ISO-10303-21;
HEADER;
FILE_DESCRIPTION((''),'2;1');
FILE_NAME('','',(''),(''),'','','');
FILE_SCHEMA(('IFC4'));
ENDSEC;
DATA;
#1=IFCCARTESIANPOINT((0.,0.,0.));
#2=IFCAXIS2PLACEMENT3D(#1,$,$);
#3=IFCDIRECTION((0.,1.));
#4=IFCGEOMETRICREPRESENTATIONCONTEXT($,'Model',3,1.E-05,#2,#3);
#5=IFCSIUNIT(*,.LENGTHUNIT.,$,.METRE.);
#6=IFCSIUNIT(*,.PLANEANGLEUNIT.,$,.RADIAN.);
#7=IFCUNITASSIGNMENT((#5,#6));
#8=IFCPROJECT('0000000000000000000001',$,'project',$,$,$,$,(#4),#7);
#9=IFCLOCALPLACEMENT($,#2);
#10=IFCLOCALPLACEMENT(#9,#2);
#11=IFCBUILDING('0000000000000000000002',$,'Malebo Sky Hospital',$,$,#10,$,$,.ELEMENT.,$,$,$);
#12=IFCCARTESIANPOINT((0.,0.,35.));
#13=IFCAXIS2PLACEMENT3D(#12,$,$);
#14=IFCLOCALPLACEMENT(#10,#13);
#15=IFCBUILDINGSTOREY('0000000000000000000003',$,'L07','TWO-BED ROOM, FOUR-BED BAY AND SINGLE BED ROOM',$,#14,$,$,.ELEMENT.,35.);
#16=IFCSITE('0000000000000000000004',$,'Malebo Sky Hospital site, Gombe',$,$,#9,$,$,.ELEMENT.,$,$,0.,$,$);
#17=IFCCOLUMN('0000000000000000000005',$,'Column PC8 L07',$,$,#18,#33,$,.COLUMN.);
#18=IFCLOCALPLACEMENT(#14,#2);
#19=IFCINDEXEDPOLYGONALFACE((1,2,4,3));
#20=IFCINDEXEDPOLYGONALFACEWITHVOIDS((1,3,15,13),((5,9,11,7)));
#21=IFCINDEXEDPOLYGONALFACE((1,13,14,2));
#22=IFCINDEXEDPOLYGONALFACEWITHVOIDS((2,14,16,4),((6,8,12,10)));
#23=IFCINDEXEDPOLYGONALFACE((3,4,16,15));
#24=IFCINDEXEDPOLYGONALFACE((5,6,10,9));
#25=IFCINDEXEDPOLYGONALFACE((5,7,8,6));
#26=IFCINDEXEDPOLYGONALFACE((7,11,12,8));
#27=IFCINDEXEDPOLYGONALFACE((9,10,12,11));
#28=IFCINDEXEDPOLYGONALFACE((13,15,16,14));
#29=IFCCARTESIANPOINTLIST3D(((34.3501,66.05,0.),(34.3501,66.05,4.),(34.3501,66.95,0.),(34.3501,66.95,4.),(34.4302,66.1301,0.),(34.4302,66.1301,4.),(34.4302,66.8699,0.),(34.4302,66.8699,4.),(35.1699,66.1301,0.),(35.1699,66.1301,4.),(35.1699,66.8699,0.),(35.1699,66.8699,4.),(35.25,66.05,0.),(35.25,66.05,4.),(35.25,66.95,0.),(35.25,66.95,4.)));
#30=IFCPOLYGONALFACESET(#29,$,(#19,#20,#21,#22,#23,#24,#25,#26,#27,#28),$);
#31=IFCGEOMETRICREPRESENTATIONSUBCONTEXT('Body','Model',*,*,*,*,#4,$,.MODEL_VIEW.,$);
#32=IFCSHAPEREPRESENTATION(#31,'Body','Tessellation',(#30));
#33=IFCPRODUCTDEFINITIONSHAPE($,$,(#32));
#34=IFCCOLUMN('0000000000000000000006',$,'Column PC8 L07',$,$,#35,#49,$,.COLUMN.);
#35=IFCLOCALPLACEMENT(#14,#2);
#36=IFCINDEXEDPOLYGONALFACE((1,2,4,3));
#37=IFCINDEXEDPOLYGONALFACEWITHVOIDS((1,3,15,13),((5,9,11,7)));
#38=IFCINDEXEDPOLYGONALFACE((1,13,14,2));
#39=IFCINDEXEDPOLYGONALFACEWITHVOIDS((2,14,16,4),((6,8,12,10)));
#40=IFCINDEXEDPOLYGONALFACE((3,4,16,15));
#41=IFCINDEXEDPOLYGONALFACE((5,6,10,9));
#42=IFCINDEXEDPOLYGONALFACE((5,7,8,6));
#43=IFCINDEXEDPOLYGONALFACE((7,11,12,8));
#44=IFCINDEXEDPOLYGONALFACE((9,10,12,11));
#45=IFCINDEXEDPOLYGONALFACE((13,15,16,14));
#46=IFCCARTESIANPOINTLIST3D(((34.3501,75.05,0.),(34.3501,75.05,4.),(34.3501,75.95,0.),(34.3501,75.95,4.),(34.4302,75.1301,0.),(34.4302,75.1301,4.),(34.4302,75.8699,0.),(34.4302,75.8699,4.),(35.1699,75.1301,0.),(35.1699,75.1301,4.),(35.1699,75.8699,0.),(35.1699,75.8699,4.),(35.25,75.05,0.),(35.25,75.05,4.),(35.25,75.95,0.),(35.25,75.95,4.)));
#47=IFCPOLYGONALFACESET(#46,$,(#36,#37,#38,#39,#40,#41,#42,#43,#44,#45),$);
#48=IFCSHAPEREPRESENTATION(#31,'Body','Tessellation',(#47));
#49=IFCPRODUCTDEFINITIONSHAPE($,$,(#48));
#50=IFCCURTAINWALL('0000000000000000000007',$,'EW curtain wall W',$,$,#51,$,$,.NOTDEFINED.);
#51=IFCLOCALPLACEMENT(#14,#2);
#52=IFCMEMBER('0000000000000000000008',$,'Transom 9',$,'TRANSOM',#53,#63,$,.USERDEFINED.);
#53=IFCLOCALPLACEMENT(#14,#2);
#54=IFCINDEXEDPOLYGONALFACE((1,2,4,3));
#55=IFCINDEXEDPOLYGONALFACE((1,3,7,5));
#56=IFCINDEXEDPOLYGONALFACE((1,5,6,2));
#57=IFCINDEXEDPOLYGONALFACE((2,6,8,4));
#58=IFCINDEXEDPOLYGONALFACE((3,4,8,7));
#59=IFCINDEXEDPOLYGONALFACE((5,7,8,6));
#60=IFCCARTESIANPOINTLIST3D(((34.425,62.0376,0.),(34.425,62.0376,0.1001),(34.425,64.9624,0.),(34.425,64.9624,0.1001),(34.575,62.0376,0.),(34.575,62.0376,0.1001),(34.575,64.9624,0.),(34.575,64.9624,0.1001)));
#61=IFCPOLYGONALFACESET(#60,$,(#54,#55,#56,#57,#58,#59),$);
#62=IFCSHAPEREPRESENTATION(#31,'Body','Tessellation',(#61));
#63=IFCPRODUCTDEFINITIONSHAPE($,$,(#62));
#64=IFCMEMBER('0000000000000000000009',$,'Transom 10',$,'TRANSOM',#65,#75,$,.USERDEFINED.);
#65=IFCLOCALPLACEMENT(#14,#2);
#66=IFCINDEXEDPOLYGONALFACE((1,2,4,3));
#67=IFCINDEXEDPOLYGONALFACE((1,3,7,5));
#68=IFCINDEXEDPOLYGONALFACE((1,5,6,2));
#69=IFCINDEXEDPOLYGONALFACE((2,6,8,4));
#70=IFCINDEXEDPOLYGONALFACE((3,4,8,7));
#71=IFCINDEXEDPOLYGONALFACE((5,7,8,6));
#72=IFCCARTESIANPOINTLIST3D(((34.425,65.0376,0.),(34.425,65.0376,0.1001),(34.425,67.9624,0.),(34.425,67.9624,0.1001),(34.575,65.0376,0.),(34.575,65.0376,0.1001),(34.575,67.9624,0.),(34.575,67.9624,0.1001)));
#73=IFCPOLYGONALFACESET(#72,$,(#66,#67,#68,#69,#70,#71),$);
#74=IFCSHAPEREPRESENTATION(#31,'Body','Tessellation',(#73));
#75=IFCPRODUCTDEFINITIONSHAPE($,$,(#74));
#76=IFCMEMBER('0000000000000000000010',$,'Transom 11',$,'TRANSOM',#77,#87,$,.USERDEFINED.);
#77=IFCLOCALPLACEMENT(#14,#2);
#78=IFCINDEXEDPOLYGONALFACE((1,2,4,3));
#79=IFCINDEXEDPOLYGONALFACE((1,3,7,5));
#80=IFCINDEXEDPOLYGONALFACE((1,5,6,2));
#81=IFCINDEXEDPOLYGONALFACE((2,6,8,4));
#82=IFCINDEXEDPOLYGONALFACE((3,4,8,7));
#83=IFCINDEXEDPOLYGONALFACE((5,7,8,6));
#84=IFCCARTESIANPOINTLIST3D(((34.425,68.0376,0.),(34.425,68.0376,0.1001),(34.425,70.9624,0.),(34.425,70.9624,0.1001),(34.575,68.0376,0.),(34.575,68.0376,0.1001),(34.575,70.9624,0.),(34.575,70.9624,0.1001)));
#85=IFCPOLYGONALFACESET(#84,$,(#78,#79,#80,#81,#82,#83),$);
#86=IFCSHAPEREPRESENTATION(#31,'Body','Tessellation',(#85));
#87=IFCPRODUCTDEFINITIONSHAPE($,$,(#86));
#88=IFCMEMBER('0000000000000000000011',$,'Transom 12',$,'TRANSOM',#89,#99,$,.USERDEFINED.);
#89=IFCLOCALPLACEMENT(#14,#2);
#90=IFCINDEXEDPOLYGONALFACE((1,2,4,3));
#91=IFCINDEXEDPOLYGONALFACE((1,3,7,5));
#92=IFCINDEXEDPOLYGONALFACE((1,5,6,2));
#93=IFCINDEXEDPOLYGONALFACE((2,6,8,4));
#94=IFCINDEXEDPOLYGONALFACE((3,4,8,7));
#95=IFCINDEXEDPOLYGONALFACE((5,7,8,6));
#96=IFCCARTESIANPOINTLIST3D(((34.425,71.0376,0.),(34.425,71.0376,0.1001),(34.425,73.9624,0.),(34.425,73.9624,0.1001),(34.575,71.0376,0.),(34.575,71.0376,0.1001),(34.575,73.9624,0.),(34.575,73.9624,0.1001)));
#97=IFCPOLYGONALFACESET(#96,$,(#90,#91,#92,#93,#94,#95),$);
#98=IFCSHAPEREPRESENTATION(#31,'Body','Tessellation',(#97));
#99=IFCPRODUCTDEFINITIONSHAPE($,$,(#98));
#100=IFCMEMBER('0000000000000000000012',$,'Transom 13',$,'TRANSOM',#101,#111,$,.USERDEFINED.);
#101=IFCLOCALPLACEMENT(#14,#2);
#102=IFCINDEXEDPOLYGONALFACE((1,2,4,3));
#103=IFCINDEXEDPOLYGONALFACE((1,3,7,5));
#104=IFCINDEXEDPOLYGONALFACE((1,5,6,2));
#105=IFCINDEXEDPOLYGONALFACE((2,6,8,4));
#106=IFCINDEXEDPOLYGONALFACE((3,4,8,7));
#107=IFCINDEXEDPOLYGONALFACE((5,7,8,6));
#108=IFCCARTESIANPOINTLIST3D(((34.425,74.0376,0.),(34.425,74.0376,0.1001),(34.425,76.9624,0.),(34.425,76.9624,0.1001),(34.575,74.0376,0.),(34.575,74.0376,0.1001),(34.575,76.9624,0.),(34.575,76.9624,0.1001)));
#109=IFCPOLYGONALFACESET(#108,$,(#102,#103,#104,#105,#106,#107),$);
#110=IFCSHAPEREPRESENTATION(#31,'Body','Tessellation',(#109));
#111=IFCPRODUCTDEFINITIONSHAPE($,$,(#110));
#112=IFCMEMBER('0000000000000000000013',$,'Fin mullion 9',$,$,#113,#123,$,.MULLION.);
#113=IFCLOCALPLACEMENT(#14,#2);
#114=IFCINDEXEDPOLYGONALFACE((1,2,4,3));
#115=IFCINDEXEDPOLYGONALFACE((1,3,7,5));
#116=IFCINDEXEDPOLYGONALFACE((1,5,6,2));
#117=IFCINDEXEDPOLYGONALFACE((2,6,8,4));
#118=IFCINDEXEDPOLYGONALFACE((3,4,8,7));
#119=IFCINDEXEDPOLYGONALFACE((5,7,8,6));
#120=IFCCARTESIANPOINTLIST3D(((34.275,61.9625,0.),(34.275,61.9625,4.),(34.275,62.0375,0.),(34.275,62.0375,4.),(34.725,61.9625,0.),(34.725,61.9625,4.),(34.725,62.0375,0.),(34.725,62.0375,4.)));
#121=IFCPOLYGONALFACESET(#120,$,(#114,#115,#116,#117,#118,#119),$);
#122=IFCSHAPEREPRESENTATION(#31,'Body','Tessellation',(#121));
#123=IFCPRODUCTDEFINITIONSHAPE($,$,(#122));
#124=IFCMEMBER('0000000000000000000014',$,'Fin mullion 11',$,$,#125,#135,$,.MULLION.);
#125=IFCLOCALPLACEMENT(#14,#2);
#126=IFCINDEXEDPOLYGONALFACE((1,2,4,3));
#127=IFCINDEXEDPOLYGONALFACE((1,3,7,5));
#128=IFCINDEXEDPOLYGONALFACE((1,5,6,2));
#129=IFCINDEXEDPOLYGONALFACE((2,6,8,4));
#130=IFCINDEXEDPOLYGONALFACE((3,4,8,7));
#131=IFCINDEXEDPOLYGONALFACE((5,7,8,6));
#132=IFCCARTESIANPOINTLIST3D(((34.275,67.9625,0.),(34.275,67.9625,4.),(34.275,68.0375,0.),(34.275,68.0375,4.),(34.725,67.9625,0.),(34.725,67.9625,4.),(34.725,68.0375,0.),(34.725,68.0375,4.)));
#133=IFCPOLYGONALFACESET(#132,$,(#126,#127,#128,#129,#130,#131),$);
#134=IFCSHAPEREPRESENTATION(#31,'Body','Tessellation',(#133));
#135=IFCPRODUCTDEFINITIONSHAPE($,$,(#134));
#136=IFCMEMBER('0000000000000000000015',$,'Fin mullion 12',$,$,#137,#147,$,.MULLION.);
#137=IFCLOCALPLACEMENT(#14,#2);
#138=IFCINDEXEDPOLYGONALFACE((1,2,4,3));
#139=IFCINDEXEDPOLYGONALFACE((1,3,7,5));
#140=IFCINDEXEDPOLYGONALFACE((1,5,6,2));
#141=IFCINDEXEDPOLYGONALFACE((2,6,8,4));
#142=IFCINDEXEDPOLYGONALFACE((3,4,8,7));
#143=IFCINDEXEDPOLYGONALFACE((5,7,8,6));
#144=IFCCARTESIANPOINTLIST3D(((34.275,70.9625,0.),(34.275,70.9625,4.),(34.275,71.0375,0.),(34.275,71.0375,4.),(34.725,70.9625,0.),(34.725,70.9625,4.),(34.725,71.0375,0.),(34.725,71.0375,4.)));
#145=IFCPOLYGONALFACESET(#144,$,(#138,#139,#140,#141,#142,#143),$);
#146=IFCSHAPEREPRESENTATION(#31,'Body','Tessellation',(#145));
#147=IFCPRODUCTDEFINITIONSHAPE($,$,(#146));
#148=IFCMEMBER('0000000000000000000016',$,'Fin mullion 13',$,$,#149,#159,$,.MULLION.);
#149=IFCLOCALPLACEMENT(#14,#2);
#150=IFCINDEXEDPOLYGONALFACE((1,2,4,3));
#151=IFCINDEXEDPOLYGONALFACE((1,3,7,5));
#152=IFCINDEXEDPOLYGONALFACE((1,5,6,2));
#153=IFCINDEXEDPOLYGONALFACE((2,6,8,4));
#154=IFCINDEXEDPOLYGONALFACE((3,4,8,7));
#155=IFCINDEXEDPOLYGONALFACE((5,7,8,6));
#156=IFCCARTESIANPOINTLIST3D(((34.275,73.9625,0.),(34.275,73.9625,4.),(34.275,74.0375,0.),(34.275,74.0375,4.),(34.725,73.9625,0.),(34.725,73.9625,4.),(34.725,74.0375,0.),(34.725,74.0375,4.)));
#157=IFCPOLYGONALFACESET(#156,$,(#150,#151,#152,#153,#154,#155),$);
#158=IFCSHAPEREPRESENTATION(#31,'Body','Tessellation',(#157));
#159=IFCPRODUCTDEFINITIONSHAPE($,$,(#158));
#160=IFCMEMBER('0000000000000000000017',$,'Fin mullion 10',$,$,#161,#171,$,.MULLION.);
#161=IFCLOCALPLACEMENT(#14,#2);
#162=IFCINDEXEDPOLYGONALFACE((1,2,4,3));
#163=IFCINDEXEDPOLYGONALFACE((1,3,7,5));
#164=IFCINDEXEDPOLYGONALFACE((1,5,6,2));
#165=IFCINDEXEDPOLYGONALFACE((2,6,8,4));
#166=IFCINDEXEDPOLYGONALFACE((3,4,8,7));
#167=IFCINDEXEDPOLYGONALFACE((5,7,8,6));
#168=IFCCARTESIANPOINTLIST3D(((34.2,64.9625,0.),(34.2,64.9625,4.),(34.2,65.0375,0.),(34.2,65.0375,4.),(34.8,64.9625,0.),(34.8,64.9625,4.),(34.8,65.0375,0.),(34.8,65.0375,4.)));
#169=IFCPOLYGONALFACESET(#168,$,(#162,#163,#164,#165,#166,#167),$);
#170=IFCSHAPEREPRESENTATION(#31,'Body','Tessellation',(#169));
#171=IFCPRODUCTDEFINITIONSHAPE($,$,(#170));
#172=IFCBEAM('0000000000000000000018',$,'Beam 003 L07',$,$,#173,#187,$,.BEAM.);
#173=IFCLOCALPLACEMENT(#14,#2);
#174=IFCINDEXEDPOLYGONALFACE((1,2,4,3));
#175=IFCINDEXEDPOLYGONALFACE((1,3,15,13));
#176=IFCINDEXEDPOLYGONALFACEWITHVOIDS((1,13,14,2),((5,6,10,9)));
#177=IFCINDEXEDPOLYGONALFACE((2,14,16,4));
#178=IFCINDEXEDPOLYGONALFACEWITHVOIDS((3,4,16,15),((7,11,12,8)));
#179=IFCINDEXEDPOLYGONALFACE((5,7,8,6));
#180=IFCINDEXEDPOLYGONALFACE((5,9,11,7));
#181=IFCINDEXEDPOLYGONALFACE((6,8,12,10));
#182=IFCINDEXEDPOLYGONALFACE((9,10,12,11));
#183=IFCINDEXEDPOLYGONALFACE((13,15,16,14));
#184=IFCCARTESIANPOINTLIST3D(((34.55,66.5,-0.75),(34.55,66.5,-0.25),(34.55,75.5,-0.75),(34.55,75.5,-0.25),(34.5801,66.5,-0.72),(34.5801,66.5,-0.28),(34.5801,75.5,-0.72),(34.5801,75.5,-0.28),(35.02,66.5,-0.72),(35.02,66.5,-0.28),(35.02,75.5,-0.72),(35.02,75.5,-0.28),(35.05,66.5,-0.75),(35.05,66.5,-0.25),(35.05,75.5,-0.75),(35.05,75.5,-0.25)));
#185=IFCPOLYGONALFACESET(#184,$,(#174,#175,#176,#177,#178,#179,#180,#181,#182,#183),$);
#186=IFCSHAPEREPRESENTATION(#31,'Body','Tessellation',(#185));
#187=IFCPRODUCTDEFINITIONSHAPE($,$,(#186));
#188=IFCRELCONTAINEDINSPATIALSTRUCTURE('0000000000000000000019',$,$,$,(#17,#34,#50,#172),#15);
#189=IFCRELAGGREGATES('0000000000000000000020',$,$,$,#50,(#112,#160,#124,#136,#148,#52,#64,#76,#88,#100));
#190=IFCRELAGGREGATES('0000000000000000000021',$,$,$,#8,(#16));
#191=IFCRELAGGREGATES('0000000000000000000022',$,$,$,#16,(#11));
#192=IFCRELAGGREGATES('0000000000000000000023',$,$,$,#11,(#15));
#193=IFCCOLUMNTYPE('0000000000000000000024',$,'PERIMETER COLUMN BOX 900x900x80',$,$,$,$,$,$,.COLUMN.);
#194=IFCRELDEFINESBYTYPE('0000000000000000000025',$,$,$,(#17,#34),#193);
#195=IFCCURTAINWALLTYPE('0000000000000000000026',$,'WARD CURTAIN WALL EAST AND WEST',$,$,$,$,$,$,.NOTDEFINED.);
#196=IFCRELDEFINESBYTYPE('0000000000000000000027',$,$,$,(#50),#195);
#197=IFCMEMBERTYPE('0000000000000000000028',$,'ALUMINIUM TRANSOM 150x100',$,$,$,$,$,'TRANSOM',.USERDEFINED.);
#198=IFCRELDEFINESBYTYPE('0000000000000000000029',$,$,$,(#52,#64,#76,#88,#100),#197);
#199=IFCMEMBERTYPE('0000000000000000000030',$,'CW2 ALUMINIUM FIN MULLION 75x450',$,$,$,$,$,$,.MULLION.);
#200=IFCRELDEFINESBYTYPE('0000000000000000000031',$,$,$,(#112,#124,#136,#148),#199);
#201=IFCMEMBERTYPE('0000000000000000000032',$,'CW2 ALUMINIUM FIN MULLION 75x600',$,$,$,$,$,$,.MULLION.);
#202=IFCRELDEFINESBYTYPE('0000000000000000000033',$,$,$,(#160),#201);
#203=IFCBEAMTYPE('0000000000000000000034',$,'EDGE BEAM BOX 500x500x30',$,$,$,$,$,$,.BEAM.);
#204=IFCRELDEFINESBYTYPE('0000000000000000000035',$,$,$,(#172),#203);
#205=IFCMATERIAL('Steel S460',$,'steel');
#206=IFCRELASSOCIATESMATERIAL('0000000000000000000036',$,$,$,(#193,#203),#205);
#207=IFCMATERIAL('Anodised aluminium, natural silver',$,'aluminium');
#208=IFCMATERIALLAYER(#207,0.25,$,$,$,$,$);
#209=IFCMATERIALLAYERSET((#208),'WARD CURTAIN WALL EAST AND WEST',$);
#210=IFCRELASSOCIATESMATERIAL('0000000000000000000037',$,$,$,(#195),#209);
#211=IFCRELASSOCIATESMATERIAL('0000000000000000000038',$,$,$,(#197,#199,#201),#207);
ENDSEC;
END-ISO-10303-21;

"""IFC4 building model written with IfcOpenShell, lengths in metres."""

from ifc_helpers import new_model, si_unit, direction, frame, origin, origin_2d, place, context, subcontext, project, spatial, rectangle, hollow_rectangle, extrude, material, layer, layer_set, material_profile, profile_set, type_object, element, aggregate, save


model = new_model("IFC4")

# Units and contexts
model_context = context("Model", 3, precision=1e-05, world=origin(), true_north=direction((0.0, 1.0)))
body_context = subcontext(model_context, "Body", "Model", "MODEL_VIEW")
ifc_project = project(units=[si_unit("LENGTHUNIT", "METRE"), si_unit("PLANEANGLEUNIT", "RADIAN")], contexts=[model_context])

# Site, building, storey
site_placement = place(None, origin())
site = spatial("IfcSite", under=ifc_project, at=site_placement, Name="Malebo Sky Hospital site, Gombe", CompositionType="ELEMENT", RefElevation=0.0)
building_placement = place(site_placement, origin())
building = spatial("IfcBuilding", under=site, at=building_placement, Name="Malebo Sky Hospital", CompositionType="ELEMENT")
storey_placement = place(building_placement, frame((0.0, 0.0, 35.0)))
storey = spatial("IfcBuildingStorey", under=building, at=storey_placement, Name="L07", Description="TWO-BED ROOM, FOUR-BED BAY AND SINGLE BED ROOM", CompositionType="ELEMENT", Elevation=35.0)

# Columns
ifc_material_1 = material(Name="Steel S460", Category="steel")
ifc_material_profile_1 = material_profile(ifc_material_1, hollow_rectangle(XDim=0.8999, YDim=0.8999, WallThickness=0.0801, at=origin_2d()), Name="BOX 900x900x80")
ifc_profile_set_1 = profile_set([ifc_material_profile_1], Name="Steel S460")
column_type = type_object("IfcColumnType", Name="PERIMETER COLUMN BOX 900x900x80", PredefinedType="COLUMN", material=ifc_profile_set_1)
for number, where, z_axis, x_axis, name in (
    (1, (34.8, 66.5, 0.0), (0.0, 0.0, 1.0), (1.0, 0.0, 0.0), "Column PC8 L07"),
    (2, (34.8, 75.5, 0.0), (0.0, 0.0, 1.0), (1.0, 0.0, 0.0), "Column PC8 L07"),
):
    element("IfcColumn", number, at=place(storey_placement, frame(where, z_axis=z_axis, x_axis=x_axis)), inside=storey, type_object=column_type, Name=name, PredefinedType="COLUMN", context=body_context, shape_type="SweptSolid", body=[
        extrude(hollow_rectangle(XDim=0.8999, YDim=0.8999, WallThickness=0.0801, at=origin_2d()), origin(), (0.0, 0.0, 1.0), 4.0),
    ])

# Curtain wall, members
ifc_material_2 = material(Name="Anodised aluminium, natural silver", Category="aluminium")
ifc_layer_1 = layer(ifc_material_2, 0.25)
ifc_layer_set_1 = layer_set([ifc_layer_1], Name="WARD CURTAIN WALL EAST AND WEST")
curtain_wall_type = type_object("IfcCurtainWallType", Name="WARD CURTAIN WALL EAST AND WEST", PredefinedType="NOTDEFINED", material=ifc_layer_set_1)
curtain_wall_placement = place(storey_placement, origin())
curtain_wall = element("IfcCurtainWall", 3, at=curtain_wall_placement, inside=storey, type_object=curtain_wall_type, Name="EW curtain wall W", PredefinedType="NOTDEFINED")
ifc_material_profile_2 = material_profile(ifc_material_2, rectangle(XDim=0.1499, YDim=0.1001, at=origin_2d()), Name="ALUMINIUM TRANSOM 150x100")
ifc_profile_set_2 = profile_set([ifc_material_profile_2], Name="Anodised aluminium, natural silver")
member_type_1 = type_object("IfcMemberType", Name="ALUMINIUM TRANSOM 150x100", ElementType="TRANSOM", PredefinedType="USERDEFINED", material=ifc_profile_set_2)
member_1_placement = place(storey_placement, frame((34.5, 62.0376, 0.05), z_axis=(0.0, 1.0, 0.0), x_axis=(-1.0, 0.0, 0.0)))
member_1 = element("IfcMember", 4, at=member_1_placement, type_object=member_type_1, Name="Transom 9", ObjectType="TRANSOM", PredefinedType="USERDEFINED", context=body_context, shape_type="SweptSolid", body=[
    extrude(rectangle(XDim=0.1499, YDim=0.1001, at=origin_2d()), origin(), (0.0, 0.0, 1.0), 2.9248),
])
member_2_placement = place(storey_placement, frame((34.5, 65.0376, 0.05), z_axis=(0.0, 1.0, 0.0), x_axis=(-1.0, 0.0, 0.0)))
member_2 = element("IfcMember", 5, at=member_2_placement, type_object=member_type_1, Name="Transom 10", ObjectType="TRANSOM", PredefinedType="USERDEFINED", context=body_context, shape_type="SweptSolid", body=[
    extrude(rectangle(XDim=0.1499, YDim=0.1001, at=origin_2d()), origin(), (0.0, 0.0, 1.0), 2.9248),
])
member_3_placement = place(storey_placement, frame((34.5, 68.0376, 0.05), z_axis=(0.0, 1.0, 0.0), x_axis=(-1.0, 0.0, 0.0)))
member_3 = element("IfcMember", 6, at=member_3_placement, type_object=member_type_1, Name="Transom 11", ObjectType="TRANSOM", PredefinedType="USERDEFINED", context=body_context, shape_type="SweptSolid", body=[
    extrude(rectangle(XDim=0.1499, YDim=0.1001, at=origin_2d()), origin(), (0.0, 0.0, 1.0), 2.9248),
])
member_4_placement = place(storey_placement, frame((34.5, 71.0376, 0.05), z_axis=(0.0, 1.0, 0.0), x_axis=(-1.0, 0.0, 0.0)))
member_4 = element("IfcMember", 7, at=member_4_placement, type_object=member_type_1, Name="Transom 12", ObjectType="TRANSOM", PredefinedType="USERDEFINED", context=body_context, shape_type="SweptSolid", body=[
    extrude(rectangle(XDim=0.1499, YDim=0.1001, at=origin_2d()), origin(), (0.0, 0.0, 1.0), 2.9248),
])
member_5_placement = place(storey_placement, frame((34.5, 74.0376, 0.05), z_axis=(0.0, 1.0, 0.0), x_axis=(-1.0, 0.0, 0.0)))
member_5 = element("IfcMember", 8, at=member_5_placement, type_object=member_type_1, Name="Transom 13", ObjectType="TRANSOM", PredefinedType="USERDEFINED", context=body_context, shape_type="SweptSolid", body=[
    extrude(rectangle(XDim=0.1499, YDim=0.1001, at=origin_2d()), origin(), (0.0, 0.0, 1.0), 2.9248),
])
ifc_material_profile_3 = material_profile(ifc_material_2, rectangle(XDim=0.075, YDim=0.45, at=origin_2d()), Name="CW2 ALUMINIUM FIN MULLION 75x450")
ifc_profile_set_3 = profile_set([ifc_material_profile_3], Name="Anodised aluminium, natural silver")
member_type_2 = type_object("IfcMemberType", Name="CW2 ALUMINIUM FIN MULLION 75x450", PredefinedType="MULLION", material=ifc_profile_set_3)
member_6_placement = place(storey_placement, frame((34.5, 62.0, 0.0), z_axis=(0.0, 0.0, 1.0), x_axis=(0.0, 1.0, 0.0)))
member_6 = element("IfcMember", 9, at=member_6_placement, type_object=member_type_2, Name="Fin mullion 9", PredefinedType="MULLION", context=body_context, shape_type="SweptSolid", body=[
    extrude(rectangle(XDim=0.075, YDim=0.45, at=origin_2d()), origin(), (0.0, 0.0, 1.0), 4.0),
])
member_7_placement = place(storey_placement, frame((34.5, 68.0, 0.0), z_axis=(0.0, 0.0, 1.0), x_axis=(0.0, 1.0, 0.0)))
member_7 = element("IfcMember", 10, at=member_7_placement, type_object=member_type_2, Name="Fin mullion 11", PredefinedType="MULLION", context=body_context, shape_type="SweptSolid", body=[
    extrude(rectangle(XDim=0.075, YDim=0.45, at=origin_2d()), origin(), (0.0, 0.0, 1.0), 4.0),
])
member_8_placement = place(storey_placement, frame((34.5, 71.0, 0.0), z_axis=(0.0, 0.0, 1.0), x_axis=(0.0, 1.0, 0.0)))
member_8 = element("IfcMember", 11, at=member_8_placement, type_object=member_type_2, Name="Fin mullion 12", PredefinedType="MULLION", context=body_context, shape_type="SweptSolid", body=[
    extrude(rectangle(XDim=0.075, YDim=0.45, at=origin_2d()), origin(), (0.0, 0.0, 1.0), 4.0),
])
member_9_placement = place(storey_placement, frame((34.5, 74.0, 0.0), z_axis=(0.0, 0.0, 1.0), x_axis=(0.0, 1.0, 0.0)))
member_9 = element("IfcMember", 12, at=member_9_placement, type_object=member_type_2, Name="Fin mullion 13", PredefinedType="MULLION", context=body_context, shape_type="SweptSolid", body=[
    extrude(rectangle(XDim=0.075, YDim=0.45, at=origin_2d()), origin(), (0.0, 0.0, 1.0), 4.0),
])
ifc_material_profile_4 = material_profile(ifc_material_2, rectangle(XDim=0.075, YDim=0.6001, at=origin_2d()), Name="CW2 ALUMINIUM FIN MULLION 75x600")
ifc_profile_set_4 = profile_set([ifc_material_profile_4], Name="Anodised aluminium, natural silver")
member_type_3 = type_object("IfcMemberType", Name="CW2 ALUMINIUM FIN MULLION 75x600", PredefinedType="MULLION", material=ifc_profile_set_4)
member_10_placement = place(storey_placement, frame((34.5, 65.0, 0.0), z_axis=(0.0, 0.0, 1.0), x_axis=(0.0, 1.0, 0.0)))
member_10 = element("IfcMember", 13, at=member_10_placement, type_object=member_type_3, Name="Fin mullion 10", PredefinedType="MULLION", context=body_context, shape_type="SweptSolid", body=[
    extrude(rectangle(XDim=0.075, YDim=0.6001, at=origin_2d()), origin(), (0.0, 0.0, 1.0), 4.0),
])

# Beam
ifc_material_profile_5 = material_profile(ifc_material_1, hollow_rectangle(XDim=0.5, YDim=0.5, WallThickness=0.03, at=origin_2d()), Name="BOX 500x500x30")
ifc_profile_set_5 = profile_set([ifc_material_profile_5], Name="Steel S460")
beam_type_1 = type_object("IfcBeamType", Name="EDGE BEAM BOX 500x500x30", PredefinedType="BEAM", material=ifc_profile_set_5)
beam_1_placement = place(storey_placement, frame((34.8, 66.5, -0.5), z_axis=(0.0, 1.0, 0.0), x_axis=(-1.0, 0.0, 0.0)))
element("IfcBeam", 14, at=beam_1_placement, inside=storey, type_object=beam_type_1, Name="Beam 003 L07", PredefinedType="BEAM", context=body_context, shape_type="SweptSolid", body=[
    extrude(hollow_rectangle(XDim=0.5, YDim=0.5, WallThickness=0.03, at=origin_2d()), origin(), (0.0, 0.0, 1.0), 9.0),
])

aggregate(curtain_wall, [member_6, member_10, member_7, member_8, member_9, member_1, member_2, member_3, member_4, member_5])

save(model, "model.ifc")
